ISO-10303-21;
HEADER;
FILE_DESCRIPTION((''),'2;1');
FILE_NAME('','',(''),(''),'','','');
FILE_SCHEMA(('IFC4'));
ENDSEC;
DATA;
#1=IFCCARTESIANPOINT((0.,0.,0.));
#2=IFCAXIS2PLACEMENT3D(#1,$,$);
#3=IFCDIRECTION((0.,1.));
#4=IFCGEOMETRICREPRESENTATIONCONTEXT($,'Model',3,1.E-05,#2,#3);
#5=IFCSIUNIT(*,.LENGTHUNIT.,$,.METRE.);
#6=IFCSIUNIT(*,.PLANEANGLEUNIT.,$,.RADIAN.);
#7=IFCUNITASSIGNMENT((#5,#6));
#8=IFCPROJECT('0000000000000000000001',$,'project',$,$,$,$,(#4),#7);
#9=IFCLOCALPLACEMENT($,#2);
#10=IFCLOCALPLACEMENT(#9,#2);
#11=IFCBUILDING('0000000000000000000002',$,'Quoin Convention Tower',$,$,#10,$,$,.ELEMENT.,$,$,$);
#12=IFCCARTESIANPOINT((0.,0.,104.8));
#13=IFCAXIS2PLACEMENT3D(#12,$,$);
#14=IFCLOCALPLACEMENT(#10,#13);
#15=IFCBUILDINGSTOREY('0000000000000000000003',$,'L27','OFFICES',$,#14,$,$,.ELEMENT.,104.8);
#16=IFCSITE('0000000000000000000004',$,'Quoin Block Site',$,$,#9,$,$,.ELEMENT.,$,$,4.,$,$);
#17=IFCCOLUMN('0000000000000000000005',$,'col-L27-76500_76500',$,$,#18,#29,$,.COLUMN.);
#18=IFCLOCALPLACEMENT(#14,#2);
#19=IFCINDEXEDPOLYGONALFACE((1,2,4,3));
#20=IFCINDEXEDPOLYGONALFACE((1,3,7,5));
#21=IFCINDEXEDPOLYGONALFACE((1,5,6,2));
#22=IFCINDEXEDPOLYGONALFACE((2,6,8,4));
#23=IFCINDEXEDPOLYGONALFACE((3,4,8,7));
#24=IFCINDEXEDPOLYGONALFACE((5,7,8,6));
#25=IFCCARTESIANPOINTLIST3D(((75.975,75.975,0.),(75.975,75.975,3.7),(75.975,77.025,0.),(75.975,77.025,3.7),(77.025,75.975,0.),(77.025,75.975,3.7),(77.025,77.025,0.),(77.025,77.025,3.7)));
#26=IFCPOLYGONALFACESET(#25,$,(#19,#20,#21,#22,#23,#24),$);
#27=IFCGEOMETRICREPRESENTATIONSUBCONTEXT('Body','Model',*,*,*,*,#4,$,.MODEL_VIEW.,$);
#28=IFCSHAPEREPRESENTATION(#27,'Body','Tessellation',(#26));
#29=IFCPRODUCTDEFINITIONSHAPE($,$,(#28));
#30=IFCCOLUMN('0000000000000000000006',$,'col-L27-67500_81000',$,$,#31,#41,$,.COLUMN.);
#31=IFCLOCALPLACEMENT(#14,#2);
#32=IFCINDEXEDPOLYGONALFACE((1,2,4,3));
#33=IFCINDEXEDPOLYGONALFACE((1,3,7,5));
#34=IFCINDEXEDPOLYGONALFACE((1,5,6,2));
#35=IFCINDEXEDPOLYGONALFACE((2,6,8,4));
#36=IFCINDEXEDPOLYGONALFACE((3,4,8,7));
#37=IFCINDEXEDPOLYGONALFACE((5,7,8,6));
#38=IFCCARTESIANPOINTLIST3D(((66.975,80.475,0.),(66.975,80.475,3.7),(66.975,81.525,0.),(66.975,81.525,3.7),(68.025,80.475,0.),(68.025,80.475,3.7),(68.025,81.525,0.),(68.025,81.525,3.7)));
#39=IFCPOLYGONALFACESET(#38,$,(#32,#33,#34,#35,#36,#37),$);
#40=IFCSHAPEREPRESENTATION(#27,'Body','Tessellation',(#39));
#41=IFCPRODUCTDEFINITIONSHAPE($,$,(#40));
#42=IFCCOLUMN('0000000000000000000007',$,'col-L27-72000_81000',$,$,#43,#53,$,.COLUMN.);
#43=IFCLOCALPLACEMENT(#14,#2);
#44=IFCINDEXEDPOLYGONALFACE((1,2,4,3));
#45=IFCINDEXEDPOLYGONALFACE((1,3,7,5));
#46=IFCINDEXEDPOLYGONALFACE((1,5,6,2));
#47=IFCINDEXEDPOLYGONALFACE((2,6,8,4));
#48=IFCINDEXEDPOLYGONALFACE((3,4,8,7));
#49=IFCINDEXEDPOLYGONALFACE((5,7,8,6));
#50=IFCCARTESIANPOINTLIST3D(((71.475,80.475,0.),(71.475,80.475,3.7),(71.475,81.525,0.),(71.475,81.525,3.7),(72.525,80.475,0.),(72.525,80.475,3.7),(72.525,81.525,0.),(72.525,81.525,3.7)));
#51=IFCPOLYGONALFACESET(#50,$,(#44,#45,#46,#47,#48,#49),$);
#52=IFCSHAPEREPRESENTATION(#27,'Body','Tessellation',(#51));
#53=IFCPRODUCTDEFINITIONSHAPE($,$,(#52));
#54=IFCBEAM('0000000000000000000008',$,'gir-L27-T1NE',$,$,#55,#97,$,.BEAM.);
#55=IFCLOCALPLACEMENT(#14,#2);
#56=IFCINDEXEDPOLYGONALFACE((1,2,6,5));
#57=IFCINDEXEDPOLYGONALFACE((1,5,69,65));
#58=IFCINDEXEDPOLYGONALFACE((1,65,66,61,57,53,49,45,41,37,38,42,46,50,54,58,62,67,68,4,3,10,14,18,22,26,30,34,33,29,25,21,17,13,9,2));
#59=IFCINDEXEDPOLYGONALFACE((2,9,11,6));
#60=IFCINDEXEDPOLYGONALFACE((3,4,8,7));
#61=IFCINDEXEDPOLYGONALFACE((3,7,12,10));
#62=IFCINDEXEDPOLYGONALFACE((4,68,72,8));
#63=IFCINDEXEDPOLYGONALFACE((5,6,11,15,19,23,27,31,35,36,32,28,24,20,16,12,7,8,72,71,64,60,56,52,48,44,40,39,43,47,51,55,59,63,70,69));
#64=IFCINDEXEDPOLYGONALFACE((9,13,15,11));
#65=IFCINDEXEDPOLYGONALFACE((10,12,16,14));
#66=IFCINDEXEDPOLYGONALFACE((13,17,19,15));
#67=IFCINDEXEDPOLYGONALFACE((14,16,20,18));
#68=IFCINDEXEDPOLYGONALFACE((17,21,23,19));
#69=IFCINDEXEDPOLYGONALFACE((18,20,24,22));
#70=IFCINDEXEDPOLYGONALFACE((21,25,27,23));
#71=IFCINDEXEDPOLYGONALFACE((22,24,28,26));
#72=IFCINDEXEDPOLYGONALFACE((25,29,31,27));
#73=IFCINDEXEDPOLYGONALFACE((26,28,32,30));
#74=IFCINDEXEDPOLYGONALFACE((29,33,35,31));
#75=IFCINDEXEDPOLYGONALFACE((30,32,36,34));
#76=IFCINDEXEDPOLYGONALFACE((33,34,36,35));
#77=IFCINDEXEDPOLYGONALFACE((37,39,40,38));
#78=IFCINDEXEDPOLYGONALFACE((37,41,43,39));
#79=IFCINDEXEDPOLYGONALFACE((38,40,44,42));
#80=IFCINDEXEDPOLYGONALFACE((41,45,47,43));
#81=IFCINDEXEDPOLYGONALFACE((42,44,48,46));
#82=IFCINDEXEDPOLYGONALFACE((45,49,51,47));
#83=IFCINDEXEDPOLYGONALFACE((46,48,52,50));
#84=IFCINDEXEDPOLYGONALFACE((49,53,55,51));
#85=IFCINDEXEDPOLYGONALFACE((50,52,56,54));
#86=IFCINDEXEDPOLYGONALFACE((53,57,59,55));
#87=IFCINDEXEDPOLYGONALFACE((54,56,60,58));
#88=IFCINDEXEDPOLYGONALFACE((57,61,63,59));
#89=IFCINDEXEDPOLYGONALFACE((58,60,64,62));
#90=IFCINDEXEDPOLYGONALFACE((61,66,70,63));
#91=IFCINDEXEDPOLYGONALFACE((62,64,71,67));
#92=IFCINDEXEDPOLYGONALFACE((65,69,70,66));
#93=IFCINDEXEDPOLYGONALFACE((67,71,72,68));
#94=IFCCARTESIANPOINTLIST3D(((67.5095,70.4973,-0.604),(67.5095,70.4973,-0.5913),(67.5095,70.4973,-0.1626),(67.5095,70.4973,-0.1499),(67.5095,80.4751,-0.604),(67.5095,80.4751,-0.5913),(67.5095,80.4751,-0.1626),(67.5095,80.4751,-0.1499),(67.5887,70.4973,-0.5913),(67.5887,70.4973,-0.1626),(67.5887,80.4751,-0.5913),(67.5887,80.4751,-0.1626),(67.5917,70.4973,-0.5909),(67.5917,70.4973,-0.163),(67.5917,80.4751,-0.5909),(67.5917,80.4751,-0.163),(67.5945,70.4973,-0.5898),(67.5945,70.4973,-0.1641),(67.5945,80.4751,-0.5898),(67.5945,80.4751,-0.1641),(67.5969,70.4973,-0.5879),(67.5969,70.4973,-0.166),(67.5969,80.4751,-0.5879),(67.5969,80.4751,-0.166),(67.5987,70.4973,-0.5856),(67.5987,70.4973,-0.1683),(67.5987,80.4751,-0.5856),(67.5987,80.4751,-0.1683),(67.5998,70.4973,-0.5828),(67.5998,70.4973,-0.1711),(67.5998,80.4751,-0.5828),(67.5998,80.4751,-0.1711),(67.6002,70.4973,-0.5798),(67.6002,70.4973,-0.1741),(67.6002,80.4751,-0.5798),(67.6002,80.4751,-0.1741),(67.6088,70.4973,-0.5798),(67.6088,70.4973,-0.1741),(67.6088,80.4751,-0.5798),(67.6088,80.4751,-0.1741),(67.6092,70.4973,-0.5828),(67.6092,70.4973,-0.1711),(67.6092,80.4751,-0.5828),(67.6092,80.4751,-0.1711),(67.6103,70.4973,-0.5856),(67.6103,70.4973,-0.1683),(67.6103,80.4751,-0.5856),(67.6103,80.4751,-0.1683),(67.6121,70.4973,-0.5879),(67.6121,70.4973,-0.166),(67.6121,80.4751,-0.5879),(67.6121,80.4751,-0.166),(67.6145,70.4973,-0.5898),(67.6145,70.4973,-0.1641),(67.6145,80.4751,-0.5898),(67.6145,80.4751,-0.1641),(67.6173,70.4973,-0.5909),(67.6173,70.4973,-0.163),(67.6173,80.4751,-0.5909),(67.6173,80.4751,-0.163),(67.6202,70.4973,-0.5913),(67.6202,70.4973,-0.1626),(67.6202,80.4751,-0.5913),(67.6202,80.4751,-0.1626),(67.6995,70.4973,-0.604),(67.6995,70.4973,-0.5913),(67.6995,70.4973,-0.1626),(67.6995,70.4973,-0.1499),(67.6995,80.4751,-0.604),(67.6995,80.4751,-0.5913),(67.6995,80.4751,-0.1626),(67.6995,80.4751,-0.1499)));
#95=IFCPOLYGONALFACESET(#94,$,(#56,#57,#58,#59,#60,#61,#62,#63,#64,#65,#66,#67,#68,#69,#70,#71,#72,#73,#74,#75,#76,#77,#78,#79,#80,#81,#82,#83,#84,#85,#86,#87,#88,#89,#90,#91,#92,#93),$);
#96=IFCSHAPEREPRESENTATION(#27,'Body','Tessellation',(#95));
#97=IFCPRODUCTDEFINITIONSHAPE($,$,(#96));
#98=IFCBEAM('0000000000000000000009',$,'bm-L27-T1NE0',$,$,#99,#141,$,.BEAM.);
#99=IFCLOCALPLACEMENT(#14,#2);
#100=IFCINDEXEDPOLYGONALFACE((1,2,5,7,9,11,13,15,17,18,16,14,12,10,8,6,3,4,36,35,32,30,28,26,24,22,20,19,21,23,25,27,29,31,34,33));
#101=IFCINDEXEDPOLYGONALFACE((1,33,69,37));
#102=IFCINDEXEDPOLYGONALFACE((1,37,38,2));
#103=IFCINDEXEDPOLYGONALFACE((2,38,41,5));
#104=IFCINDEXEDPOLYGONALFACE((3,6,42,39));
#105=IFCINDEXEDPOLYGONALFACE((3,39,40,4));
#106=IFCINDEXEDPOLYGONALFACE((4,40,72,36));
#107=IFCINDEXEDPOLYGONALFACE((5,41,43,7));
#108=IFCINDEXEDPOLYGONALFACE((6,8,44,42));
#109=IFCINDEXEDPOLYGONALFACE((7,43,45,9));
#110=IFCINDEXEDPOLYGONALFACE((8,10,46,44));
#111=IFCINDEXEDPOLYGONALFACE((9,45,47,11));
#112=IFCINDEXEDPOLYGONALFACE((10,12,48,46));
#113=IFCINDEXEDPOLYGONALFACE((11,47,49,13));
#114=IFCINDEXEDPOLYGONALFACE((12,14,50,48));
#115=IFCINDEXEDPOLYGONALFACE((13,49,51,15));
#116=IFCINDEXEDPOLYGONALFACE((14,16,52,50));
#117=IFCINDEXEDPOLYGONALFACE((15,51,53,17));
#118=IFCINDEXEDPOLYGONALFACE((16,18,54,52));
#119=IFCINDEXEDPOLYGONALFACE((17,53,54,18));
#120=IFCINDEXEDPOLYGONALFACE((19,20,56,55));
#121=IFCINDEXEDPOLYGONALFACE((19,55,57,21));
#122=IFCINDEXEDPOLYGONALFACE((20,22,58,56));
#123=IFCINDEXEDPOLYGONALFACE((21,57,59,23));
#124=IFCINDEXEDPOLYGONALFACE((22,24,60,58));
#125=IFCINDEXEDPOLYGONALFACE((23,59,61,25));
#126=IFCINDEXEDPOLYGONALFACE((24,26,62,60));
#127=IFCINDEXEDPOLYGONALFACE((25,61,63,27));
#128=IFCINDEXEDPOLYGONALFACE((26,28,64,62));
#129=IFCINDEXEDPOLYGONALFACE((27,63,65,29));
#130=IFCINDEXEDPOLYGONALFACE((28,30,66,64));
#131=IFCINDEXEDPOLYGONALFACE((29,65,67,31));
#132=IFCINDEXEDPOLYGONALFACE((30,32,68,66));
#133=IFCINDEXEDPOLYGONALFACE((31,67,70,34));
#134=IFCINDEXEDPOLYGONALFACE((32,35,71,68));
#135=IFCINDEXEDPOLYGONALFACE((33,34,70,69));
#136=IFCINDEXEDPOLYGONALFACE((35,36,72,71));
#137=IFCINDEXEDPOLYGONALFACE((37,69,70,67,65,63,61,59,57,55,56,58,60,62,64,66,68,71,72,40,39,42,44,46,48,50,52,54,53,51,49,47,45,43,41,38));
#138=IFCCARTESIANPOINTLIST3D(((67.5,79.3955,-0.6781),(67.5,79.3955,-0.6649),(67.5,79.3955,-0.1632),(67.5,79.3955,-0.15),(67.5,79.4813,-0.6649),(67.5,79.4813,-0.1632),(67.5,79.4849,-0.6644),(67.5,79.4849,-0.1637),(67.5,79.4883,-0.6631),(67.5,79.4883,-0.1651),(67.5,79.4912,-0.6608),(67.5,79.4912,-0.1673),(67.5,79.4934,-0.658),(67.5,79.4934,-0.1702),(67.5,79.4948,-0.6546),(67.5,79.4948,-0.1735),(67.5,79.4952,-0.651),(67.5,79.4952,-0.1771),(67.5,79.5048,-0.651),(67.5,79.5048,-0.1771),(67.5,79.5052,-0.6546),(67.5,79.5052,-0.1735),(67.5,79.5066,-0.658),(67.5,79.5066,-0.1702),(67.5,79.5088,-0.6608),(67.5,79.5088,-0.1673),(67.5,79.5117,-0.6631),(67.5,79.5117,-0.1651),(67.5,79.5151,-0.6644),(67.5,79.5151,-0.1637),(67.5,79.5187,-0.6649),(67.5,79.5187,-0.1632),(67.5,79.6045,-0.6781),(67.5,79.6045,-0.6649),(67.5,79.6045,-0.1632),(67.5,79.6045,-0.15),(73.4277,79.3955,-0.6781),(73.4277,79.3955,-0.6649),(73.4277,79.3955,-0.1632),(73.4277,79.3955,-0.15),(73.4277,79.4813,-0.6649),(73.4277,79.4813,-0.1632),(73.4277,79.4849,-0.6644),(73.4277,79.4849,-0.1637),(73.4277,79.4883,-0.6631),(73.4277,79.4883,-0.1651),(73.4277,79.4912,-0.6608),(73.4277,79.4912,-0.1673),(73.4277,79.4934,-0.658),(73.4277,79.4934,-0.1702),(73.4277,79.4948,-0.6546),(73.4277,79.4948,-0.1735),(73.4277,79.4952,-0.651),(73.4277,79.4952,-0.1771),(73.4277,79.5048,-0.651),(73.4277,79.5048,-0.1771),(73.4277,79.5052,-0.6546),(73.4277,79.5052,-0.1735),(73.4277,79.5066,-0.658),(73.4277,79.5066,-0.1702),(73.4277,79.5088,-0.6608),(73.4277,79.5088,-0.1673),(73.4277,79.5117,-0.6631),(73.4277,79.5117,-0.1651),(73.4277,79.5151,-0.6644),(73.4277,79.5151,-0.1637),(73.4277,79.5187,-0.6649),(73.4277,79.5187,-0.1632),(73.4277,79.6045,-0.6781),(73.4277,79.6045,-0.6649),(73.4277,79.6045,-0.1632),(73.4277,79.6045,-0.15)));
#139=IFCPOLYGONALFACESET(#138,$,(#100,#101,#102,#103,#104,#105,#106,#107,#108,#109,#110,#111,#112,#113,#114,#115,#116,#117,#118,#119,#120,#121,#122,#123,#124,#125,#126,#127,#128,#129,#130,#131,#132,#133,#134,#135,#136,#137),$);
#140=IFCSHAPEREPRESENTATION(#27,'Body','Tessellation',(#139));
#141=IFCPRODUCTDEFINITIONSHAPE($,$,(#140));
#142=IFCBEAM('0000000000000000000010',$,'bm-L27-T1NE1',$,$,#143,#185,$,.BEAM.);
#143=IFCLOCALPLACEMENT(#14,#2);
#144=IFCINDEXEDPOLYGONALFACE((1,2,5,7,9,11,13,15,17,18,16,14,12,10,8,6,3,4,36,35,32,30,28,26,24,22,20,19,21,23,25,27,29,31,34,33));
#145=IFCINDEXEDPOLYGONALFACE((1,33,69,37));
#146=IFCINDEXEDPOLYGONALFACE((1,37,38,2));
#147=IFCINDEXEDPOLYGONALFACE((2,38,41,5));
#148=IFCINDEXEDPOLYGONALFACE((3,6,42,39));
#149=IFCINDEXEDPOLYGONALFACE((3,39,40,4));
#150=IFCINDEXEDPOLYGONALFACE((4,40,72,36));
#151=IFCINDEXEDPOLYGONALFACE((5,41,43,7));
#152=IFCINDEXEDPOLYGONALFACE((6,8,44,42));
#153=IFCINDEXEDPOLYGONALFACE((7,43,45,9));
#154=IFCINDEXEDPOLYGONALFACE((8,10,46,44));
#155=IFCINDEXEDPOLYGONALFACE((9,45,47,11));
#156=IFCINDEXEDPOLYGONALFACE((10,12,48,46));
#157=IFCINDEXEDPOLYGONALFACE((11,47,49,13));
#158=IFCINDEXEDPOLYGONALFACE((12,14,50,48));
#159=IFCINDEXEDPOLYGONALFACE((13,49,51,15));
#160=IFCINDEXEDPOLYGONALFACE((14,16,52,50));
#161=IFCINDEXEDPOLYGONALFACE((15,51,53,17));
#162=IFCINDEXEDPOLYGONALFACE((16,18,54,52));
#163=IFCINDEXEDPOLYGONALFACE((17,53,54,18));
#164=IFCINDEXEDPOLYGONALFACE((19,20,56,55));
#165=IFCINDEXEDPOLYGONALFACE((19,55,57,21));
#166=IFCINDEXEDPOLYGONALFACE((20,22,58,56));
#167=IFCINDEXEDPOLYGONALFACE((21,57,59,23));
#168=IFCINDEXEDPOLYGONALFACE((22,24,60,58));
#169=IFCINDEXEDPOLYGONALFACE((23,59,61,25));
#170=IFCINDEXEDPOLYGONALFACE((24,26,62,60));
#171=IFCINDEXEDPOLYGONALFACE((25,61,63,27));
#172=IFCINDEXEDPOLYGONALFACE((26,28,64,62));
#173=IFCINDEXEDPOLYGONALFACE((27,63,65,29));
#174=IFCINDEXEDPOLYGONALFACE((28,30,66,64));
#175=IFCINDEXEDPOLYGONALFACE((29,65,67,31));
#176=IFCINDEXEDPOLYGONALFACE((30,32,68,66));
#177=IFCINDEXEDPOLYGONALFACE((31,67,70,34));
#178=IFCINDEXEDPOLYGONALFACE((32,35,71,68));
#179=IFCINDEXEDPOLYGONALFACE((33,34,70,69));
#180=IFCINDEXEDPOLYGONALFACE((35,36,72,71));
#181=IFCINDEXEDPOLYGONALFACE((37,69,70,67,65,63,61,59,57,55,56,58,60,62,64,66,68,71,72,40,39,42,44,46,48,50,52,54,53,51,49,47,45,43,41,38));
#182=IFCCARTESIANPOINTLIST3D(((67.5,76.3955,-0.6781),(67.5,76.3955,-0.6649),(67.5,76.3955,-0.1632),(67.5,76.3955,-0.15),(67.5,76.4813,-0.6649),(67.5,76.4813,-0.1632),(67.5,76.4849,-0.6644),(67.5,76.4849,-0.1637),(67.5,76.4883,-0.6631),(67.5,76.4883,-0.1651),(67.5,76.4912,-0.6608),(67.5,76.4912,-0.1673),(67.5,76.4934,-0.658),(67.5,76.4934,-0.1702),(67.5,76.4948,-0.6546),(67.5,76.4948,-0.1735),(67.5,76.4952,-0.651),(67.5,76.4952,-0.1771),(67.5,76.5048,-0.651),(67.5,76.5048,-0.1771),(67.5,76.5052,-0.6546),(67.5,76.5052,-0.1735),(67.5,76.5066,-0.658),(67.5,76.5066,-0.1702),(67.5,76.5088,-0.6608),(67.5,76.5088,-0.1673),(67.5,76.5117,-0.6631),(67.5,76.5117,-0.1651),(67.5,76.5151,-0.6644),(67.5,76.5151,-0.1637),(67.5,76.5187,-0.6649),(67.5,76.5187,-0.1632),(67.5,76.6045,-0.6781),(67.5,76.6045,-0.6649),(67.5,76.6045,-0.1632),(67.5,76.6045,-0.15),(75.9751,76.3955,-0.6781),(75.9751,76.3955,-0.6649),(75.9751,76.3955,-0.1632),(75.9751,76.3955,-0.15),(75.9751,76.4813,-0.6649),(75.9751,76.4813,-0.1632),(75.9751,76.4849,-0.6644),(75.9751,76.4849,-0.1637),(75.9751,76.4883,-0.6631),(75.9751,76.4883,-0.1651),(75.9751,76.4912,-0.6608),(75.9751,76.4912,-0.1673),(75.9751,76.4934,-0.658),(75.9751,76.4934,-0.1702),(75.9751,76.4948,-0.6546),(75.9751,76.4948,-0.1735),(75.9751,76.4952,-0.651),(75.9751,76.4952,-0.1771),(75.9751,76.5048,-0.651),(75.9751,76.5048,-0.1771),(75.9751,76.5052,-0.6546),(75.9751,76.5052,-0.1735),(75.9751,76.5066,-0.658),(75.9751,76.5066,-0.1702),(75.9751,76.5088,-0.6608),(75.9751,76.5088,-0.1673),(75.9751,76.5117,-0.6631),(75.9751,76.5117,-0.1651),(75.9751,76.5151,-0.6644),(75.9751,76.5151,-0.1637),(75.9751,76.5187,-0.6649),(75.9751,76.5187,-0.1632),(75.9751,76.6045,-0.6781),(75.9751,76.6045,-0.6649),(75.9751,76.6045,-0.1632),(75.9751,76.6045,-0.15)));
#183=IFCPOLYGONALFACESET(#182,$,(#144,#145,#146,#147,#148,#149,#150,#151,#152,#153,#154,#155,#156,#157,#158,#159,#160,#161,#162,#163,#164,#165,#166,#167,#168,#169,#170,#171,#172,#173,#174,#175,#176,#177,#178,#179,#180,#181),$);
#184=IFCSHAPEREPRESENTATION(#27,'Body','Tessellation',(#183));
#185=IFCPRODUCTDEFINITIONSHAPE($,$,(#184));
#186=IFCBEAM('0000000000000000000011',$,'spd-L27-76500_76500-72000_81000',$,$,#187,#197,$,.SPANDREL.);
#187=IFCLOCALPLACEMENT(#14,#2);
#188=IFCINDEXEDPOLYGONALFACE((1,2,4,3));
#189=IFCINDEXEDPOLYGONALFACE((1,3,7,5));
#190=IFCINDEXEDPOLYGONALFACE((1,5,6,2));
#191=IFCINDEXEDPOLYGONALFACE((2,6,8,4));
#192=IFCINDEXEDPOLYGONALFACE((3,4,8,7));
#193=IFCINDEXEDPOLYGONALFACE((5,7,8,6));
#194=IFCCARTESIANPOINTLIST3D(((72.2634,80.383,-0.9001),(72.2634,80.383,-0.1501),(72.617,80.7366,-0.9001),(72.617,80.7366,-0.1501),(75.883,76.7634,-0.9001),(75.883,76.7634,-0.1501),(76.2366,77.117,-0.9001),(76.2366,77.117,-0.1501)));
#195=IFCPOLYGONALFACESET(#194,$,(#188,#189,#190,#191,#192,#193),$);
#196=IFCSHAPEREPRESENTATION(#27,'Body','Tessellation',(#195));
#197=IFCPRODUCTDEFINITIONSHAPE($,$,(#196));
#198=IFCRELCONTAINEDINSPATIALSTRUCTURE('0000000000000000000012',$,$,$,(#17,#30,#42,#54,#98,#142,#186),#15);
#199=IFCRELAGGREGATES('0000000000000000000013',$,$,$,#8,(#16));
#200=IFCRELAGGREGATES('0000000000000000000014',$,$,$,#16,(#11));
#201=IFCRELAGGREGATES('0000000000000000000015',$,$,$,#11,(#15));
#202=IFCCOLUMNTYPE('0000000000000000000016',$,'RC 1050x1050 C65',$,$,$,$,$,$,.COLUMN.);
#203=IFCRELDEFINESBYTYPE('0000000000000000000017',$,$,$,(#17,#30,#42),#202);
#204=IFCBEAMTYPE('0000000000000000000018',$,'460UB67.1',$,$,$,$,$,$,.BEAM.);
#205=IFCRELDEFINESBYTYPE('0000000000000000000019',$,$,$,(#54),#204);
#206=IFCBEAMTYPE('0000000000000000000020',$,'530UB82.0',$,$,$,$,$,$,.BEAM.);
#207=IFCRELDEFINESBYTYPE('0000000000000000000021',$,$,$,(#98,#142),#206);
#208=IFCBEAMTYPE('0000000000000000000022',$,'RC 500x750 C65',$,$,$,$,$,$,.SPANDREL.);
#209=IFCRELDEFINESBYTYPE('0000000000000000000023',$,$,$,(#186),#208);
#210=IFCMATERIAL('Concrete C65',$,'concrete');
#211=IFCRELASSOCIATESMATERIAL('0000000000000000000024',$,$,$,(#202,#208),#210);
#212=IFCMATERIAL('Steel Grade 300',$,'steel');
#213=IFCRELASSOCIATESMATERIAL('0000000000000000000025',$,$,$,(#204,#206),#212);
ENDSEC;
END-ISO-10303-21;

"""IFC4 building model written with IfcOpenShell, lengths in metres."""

from ifc_helpers import new_model, si_unit, direction, frame, origin, origin_2d, place, context, subcontext, project, spatial, rectangle, i_section, extrude, material, material_profile, profile_set, type_object, element, save


model = new_model("IFC4")

# Units and contexts
model_context = context("Model", 3, precision=1e-05, world=origin(), true_north=direction((0.0, 1.0)))
body_context = subcontext(model_context, "Body", "Model", "MODEL_VIEW")
ifc_project = project(units=[si_unit("LENGTHUNIT", "METRE"), si_unit("PLANEANGLEUNIT", "RADIAN")], contexts=[model_context])

# Site, building, storey
site_placement = place(None, origin())
site = spatial("IfcSite", under=ifc_project, at=site_placement, Name="Quoin Block Site", CompositionType="ELEMENT", RefElevation=4.0)
building_placement = place(site_placement, origin())
building = spatial("IfcBuilding", under=site, at=building_placement, Name="Quoin Convention Tower", CompositionType="ELEMENT")
storey_placement = place(building_placement, frame((0.0, 0.0, 104.8)))
storey = spatial("IfcBuildingStorey", under=building, at=storey_placement, Name="L27", Description="OFFICES", CompositionType="ELEMENT", Elevation=104.8)

# Columns
ifc_material_1 = material(Name="Concrete C65", Category="concrete")
ifc_material_profile_1 = material_profile(ifc_material_1, rectangle(XDim=1.05, YDim=1.05, at=origin_2d()), Name="RC 1050x1050")
ifc_profile_set_1 = profile_set([ifc_material_profile_1], Name="Concrete C65")
column_type = type_object("IfcColumnType", Name="RC 1050x1050 C65", PredefinedType="COLUMN", material=ifc_profile_set_1)
for number, where, z_axis, x_axis, name in (
    (1, (76.5, 76.5, 0.0), (0.0, 0.0, 1.0), (1.0, 0.0, 0.0), "col-L27-76500_76500"),
    (2, (67.5, 81.0, 0.0), (0.0, 0.0, 1.0), (1.0, 0.0, 0.0), "col-L27-67500_81000"),
    (3, (72.0, 81.0, 0.0), (0.0, 0.0, 1.0), (1.0, 0.0, 0.0), "col-L27-72000_81000"),
):
    element("IfcColumn", number, at=place(storey_placement, frame(where, z_axis=z_axis, x_axis=x_axis)), inside=storey, type_object=column_type, Name=name, PredefinedType="COLUMN", context=body_context, shape_type="SweptSolid", body=[
        extrude(rectangle(XDim=1.05, YDim=1.05, at=origin_2d()), origin(), (0.0, 0.0, 1.0), 3.7),
    ])

# Beams
ifc_material_2 = material(Name="Steel Grade 300", Category="steel")
ifc_material_profile_2 = material_profile(ifc_material_2, i_section(OverallWidth=0.1899, OverallDepth=0.4541, WebThickness=0.0085, FlangeThickness=0.0127, FilletRadius=0.0115, at=origin_2d()), Name="460UB67.1")
ifc_profile_set_2 = profile_set([ifc_material_profile_2], Name="Steel Grade 300")
beam_type_1 = type_object("IfcBeamType", Name="460UB67.1", PredefinedType="BEAM", material=ifc_profile_set_2)
beam_1_placement = place(storey_placement, frame((67.6045, 80.4751, -0.377), z_axis=(0.0, -1.0, 0.0), x_axis=(1.0, 0.0, 0.0)))
element("IfcBeam", 4, at=beam_1_placement, inside=storey, type_object=beam_type_1, Name="gir-L27-T1NE", PredefinedType="BEAM", context=body_context, shape_type="SweptSolid", body=[
    extrude(i_section(OverallWidth=0.1899, OverallDepth=0.4541, WebThickness=0.0085, FlangeThickness=0.0127, FilletRadius=0.0115, at=origin_2d()), origin(), (0.0, 0.0, 1.0), 9.9778),
])
ifc_material_profile_3 = material_profile(ifc_material_2, i_section(OverallWidth=0.209, OverallDepth=0.5281, WebThickness=0.0095, FlangeThickness=0.0132, FilletRadius=0.0139, at=origin_2d()), Name="530UB82.0")
ifc_profile_set_3 = profile_set([ifc_material_profile_3], Name="Steel Grade 300")
beam_type_2 = type_object("IfcBeamType", Name="530UB82.0", PredefinedType="BEAM", material=ifc_profile_set_3)
beam_2_placement = place(storey_placement, frame((67.5, 79.5, -0.4141), z_axis=(1.0, 0.0, 0.0), x_axis=(0.0, 1.0, 0.0)))
element("IfcBeam", 5, at=beam_2_placement, inside=storey, type_object=beam_type_2, Name="bm-L27-T1NE0", PredefinedType="BEAM", context=body_context, shape_type="SweptSolid", body=[
    extrude(i_section(OverallWidth=0.209, OverallDepth=0.5281, WebThickness=0.0095, FlangeThickness=0.0132, FilletRadius=0.0139, at=origin_2d()), origin(), (0.0, 0.0, 1.0), 5.9277),
])
beam_3_placement = place(storey_placement, frame((67.5, 76.5, -0.4141), z_axis=(1.0, 0.0, 0.0), x_axis=(0.0, 1.0, 0.0)))
element("IfcBeam", 6, at=beam_3_placement, inside=storey, type_object=beam_type_2, Name="bm-L27-T1NE1", PredefinedType="BEAM", context=body_context, shape_type="SweptSolid", body=[
    extrude(i_section(OverallWidth=0.209, OverallDepth=0.5281, WebThickness=0.0095, FlangeThickness=0.0132, FilletRadius=0.0139, at=origin_2d()), origin(), (0.0, 0.0, 1.0), 8.4751),
])
ifc_material_profile_4 = material_profile(ifc_material_1, rectangle(XDim=0.5, YDim=0.75, at=origin_2d()), Name="RC 500x750")
ifc_profile_set_4 = profile_set([ifc_material_profile_4], Name="Concrete C65")
beam_type_3 = type_object("IfcBeamType", Name="RC 500x750 C65", PredefinedType="SPANDREL", material=ifc_profile_set_4)
beam_4_placement = place(storey_placement, frame((76.0598, 76.9402, -0.5251), z_axis=(-0.707107, 0.707107, 0.0), x_axis=(-0.707107, -0.707107, 0.0)))
element("IfcBeam", 7, at=beam_4_placement, inside=storey, type_object=beam_type_3, Name="spd-L27-76500_76500-72000_81000", PredefinedType="SPANDREL", context=body_context, shape_type="SweptSolid", body=[
    extrude(rectangle(XDim=0.5, YDim=0.75, at=origin_2d()), origin(), (0.0, 0.0, 1.0), 5.1189),
])

save(model, "model.ifc")
